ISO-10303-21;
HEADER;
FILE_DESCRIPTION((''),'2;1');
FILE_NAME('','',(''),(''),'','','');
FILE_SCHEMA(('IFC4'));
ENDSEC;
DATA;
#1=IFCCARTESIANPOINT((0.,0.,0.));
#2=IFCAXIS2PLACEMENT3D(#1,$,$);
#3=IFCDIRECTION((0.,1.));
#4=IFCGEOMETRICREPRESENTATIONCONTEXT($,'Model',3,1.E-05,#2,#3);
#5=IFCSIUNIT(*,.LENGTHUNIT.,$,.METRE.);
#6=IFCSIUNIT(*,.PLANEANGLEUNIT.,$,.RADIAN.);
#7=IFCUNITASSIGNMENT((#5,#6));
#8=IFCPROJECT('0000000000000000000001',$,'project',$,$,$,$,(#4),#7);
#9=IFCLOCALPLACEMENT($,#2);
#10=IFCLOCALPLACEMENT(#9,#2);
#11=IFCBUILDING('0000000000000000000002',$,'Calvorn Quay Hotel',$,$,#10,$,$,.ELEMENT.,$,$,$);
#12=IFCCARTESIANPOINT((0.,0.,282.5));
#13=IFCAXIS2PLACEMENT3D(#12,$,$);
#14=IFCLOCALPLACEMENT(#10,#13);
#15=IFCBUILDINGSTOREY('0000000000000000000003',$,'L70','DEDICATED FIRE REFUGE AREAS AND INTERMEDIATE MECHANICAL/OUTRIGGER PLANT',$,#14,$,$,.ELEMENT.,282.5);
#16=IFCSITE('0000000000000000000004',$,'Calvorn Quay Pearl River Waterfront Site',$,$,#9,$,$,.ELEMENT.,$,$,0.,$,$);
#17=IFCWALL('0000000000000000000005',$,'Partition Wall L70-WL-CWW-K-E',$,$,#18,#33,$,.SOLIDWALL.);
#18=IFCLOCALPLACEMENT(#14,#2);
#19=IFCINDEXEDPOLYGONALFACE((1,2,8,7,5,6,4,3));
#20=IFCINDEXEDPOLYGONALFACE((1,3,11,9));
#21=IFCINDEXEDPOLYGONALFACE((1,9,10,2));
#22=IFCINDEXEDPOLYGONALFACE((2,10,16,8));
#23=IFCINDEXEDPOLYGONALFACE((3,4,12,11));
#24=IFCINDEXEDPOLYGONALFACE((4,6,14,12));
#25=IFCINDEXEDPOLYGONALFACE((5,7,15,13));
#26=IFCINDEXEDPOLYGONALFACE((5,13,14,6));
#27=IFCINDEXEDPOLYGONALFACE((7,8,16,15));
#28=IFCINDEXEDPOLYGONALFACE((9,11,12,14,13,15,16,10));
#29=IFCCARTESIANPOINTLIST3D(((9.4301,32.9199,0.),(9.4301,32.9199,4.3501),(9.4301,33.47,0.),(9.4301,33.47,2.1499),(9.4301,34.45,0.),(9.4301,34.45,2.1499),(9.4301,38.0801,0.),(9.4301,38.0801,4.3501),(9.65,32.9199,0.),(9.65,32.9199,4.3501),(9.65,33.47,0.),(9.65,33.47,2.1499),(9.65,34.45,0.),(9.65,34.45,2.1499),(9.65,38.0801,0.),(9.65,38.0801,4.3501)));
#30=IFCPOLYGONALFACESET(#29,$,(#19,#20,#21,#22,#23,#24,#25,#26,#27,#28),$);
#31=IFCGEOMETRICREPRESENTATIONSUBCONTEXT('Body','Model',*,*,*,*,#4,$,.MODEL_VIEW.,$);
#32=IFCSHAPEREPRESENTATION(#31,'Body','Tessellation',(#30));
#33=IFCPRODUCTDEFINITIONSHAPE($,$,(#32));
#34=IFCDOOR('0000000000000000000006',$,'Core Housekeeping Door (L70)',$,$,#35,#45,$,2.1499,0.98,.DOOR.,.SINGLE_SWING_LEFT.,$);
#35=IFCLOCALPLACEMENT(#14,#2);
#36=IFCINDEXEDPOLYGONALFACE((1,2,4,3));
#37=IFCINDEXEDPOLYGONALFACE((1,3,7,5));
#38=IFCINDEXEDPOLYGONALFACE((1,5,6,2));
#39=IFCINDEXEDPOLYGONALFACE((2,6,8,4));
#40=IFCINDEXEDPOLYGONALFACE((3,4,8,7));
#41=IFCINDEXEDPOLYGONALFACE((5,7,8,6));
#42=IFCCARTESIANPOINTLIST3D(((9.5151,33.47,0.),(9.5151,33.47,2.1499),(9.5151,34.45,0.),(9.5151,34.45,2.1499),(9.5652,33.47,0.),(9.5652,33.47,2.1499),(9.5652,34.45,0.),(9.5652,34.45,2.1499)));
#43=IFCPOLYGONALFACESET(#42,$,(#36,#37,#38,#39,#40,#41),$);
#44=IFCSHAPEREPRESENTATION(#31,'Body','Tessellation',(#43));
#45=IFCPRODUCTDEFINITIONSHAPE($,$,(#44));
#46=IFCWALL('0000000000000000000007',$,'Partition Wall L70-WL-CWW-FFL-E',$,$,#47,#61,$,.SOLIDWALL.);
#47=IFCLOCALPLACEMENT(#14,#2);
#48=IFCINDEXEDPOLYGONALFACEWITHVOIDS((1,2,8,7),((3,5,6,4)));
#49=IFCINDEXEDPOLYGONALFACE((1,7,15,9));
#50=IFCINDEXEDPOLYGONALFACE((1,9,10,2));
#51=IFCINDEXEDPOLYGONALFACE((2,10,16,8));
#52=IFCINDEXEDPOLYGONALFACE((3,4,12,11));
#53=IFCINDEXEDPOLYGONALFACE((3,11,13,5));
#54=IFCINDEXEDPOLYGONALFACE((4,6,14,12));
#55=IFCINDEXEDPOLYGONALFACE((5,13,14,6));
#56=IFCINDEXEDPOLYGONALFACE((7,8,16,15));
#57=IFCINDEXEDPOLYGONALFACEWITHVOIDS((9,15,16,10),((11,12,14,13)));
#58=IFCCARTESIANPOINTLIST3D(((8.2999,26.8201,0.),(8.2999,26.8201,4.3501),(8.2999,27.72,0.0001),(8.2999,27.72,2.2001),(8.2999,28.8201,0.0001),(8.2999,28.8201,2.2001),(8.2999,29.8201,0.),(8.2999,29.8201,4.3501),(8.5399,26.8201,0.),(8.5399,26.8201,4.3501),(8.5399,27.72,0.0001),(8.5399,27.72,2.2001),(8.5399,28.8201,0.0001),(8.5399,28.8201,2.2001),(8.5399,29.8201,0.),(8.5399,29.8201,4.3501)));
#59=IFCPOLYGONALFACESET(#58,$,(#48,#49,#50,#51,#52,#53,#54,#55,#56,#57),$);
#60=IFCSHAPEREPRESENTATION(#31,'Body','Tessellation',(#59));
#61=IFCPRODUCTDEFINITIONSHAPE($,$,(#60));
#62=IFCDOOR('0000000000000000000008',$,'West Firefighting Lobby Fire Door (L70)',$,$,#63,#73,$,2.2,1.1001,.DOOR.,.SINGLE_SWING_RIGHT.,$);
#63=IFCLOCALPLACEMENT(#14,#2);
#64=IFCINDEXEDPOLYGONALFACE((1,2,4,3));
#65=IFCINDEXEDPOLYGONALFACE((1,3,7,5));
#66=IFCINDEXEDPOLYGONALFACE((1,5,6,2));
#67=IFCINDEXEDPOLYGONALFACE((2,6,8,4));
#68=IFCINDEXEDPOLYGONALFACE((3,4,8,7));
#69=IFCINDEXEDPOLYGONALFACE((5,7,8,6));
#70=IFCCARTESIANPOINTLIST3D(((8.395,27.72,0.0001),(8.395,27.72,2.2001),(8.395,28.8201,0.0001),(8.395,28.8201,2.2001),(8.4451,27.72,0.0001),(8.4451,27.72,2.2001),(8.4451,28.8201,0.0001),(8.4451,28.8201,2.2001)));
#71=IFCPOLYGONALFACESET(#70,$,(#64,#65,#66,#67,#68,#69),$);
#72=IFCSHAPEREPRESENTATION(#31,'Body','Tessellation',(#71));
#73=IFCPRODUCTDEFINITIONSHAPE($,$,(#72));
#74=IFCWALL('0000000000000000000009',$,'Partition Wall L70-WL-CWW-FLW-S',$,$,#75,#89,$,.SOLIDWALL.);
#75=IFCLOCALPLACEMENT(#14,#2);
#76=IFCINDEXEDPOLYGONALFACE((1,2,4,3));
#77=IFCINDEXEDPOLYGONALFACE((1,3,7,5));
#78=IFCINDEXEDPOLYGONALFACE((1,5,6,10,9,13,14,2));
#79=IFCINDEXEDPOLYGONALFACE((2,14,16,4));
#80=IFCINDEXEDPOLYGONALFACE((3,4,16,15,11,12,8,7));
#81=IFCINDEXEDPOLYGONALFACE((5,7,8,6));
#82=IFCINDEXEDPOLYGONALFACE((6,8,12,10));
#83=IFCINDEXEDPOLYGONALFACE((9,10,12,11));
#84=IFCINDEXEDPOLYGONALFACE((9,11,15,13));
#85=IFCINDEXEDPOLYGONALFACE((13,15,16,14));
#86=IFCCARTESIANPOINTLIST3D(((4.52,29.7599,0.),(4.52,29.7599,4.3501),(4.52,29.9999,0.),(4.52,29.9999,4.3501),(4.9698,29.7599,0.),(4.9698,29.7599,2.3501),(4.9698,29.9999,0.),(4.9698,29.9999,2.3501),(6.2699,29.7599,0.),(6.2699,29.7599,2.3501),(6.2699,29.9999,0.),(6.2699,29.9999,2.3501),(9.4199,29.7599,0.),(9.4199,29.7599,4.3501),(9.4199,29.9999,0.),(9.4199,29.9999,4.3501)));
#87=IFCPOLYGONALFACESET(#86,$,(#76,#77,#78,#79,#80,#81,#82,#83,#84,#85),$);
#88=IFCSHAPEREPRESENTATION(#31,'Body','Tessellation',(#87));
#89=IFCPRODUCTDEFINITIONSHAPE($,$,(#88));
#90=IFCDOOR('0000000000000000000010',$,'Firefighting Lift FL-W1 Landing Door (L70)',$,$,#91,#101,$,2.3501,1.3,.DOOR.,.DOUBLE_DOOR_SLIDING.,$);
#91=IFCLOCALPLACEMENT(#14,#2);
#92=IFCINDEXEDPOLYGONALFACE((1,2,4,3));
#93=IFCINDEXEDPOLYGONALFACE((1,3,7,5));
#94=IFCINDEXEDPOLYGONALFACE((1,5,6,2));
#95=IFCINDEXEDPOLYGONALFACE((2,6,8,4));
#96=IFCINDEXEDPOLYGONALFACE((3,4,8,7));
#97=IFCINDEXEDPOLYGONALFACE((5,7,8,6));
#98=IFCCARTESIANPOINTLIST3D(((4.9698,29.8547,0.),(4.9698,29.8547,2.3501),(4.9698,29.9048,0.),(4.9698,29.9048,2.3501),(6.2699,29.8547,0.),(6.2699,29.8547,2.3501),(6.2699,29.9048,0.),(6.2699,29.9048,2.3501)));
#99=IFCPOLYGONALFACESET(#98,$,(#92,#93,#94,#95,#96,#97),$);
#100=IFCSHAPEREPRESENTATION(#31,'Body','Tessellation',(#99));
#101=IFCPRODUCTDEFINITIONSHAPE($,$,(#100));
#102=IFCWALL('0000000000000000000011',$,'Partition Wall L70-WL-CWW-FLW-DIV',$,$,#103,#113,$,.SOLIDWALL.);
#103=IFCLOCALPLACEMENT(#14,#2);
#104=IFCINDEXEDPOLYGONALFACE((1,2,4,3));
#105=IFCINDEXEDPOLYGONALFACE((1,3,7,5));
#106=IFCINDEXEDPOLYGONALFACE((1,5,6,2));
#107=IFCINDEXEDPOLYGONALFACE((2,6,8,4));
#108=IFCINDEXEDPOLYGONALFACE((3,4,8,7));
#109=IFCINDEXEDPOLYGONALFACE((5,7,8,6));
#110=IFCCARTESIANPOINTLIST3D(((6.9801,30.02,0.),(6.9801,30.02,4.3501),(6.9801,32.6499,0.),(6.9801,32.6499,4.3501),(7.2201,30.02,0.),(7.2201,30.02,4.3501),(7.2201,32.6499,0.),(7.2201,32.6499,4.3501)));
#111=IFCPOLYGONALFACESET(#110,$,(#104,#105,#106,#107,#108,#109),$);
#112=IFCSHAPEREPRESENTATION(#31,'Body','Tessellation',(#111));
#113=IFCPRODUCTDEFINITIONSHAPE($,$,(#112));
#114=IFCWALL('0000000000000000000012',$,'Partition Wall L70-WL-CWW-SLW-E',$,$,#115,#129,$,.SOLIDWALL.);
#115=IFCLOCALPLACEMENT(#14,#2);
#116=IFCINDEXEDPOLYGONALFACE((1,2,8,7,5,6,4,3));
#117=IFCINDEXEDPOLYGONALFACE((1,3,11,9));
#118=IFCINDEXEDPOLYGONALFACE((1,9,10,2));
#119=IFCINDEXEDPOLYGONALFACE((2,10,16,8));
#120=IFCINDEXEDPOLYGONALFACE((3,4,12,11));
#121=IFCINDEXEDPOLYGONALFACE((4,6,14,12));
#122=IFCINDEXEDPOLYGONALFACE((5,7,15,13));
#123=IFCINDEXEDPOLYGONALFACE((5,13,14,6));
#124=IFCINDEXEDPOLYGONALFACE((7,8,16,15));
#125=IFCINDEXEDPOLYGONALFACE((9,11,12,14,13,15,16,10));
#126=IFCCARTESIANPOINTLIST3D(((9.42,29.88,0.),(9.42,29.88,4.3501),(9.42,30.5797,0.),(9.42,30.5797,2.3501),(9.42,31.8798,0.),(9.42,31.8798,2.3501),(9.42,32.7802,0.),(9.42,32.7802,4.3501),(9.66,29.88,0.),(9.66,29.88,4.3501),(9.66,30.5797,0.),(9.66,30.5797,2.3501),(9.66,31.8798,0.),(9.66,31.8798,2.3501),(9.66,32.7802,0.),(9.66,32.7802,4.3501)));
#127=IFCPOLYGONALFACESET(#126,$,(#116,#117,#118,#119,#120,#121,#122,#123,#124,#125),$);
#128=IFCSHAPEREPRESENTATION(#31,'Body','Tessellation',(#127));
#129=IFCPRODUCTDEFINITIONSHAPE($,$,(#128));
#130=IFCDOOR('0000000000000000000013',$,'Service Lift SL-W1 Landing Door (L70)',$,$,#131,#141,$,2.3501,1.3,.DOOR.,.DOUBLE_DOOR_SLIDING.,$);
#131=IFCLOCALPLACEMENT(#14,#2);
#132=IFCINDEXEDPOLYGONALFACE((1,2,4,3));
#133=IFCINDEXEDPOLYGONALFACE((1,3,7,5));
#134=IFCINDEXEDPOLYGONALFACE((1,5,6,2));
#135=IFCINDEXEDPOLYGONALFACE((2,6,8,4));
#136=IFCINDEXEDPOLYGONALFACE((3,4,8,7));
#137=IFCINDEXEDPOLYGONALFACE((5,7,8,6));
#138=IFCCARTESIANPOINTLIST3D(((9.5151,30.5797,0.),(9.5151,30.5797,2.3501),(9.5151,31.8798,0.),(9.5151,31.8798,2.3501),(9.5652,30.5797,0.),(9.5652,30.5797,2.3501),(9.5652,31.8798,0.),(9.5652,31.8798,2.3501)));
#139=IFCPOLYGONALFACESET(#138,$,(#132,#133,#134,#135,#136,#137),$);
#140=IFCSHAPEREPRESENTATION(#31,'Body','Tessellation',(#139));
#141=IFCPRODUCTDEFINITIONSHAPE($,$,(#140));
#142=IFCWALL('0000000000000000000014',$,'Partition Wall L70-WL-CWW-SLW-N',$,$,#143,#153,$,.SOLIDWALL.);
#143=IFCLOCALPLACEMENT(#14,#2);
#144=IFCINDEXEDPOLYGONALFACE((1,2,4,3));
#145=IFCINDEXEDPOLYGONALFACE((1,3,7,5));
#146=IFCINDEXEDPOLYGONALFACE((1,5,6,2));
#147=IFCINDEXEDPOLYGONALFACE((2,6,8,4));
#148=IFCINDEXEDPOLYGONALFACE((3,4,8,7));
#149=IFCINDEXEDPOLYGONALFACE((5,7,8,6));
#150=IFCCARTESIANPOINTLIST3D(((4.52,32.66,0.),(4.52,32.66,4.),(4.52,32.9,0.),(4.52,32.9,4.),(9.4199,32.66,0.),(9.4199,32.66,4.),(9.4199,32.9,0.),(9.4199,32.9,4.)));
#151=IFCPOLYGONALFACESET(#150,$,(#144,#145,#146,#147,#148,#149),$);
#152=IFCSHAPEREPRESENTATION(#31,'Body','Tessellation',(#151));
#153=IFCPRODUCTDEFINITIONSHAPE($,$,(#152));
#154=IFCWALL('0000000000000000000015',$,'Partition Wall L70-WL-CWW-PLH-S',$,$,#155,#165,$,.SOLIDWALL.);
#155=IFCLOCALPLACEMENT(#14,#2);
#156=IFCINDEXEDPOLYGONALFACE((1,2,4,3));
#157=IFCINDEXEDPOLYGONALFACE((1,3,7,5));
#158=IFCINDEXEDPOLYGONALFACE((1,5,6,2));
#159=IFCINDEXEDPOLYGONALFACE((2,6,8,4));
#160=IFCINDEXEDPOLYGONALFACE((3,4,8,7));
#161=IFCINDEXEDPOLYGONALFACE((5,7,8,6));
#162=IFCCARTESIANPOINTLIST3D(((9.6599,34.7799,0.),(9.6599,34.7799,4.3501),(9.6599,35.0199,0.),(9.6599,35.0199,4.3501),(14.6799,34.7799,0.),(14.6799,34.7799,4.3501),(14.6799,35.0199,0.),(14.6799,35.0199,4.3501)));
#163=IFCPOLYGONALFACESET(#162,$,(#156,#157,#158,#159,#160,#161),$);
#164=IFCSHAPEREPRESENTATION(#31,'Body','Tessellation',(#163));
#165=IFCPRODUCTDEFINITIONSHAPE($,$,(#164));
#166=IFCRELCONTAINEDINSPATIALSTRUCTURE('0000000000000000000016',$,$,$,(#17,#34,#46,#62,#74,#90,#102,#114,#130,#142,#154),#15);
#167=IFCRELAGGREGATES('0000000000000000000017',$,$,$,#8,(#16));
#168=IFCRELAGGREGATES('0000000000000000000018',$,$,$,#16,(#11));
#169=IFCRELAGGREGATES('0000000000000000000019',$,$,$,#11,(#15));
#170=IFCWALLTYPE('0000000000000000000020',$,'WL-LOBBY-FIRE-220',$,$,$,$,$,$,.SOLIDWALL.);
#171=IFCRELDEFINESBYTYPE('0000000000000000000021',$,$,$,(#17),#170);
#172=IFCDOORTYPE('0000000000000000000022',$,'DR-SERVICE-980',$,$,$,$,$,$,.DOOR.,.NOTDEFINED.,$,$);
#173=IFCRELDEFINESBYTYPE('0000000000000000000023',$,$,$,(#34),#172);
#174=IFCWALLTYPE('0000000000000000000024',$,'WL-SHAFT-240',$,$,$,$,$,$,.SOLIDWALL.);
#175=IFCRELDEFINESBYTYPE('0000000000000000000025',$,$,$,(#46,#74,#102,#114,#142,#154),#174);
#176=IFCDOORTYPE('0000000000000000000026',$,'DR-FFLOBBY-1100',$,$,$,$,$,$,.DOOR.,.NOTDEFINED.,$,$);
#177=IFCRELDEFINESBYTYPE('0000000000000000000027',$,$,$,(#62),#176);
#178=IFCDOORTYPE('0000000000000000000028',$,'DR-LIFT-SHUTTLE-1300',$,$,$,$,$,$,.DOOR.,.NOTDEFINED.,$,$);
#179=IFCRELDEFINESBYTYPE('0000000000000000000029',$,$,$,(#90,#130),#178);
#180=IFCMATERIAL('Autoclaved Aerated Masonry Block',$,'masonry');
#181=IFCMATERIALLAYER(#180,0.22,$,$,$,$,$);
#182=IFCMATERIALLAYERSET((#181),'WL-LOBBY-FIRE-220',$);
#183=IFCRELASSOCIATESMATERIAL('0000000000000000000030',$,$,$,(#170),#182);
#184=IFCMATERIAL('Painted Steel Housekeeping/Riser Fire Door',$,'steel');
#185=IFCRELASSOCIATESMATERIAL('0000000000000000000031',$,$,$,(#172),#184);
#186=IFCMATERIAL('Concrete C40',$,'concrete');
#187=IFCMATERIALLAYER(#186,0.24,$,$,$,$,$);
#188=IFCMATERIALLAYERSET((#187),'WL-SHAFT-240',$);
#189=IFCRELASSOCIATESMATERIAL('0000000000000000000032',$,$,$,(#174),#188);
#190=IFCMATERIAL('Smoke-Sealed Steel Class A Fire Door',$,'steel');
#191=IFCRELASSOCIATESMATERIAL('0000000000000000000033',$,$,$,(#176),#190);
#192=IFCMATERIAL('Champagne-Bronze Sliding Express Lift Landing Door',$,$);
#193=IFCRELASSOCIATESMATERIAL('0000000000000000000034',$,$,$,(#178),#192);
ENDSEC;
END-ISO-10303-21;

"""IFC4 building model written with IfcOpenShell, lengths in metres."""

from ifc_helpers import new_model, si_unit, direction, frame, frame_2d, origin, place, context, subcontext, project, spatial, rectangle, extrude, material, layer, layer_set, type_object, element, fill, save


model = new_model("IFC4")

# Units and contexts
model_context = context("Model", 3, precision=1e-05, world=origin(), true_north=direction((0.0, 1.0)))
body_context = subcontext(model_context, "Body", "Model", "MODEL_VIEW")
ifc_project = project(units=[si_unit("LENGTHUNIT", "METRE"), si_unit("PLANEANGLEUNIT", "RADIAN")], contexts=[model_context])

# Site, building, storey
site_placement = place(None, origin())
site = spatial("IfcSite", under=ifc_project, at=site_placement, Name="Calvorn Quay Pearl River Waterfront Site", CompositionType="ELEMENT", RefElevation=0.0)
building_placement = place(site_placement, origin())
building = spatial("IfcBuilding", under=site, at=building_placement, Name="Calvorn Quay Hotel", CompositionType="ELEMENT")
storey_placement = place(building_placement, frame((0.0, 0.0, 282.5)))
storey = spatial("IfcBuildingStorey", under=building, at=storey_placement, Name="L70", Description="DEDICATED FIRE REFUGE AREAS AND INTERMEDIATE MECHANICAL/OUTRIGGER PLANT", CompositionType="ELEMENT", Elevation=282.5)

# Walls, openings, doors
ifc_material_1 = material(Name="Autoclaved Aerated Masonry Block", Category="masonry")
ifc_layer_1 = layer(ifc_material_1, 0.22)
ifc_layer_set_1 = layer_set([ifc_layer_1], Name="WL-LOBBY-FIRE-220")
wall_type_1 = type_object("IfcWallType", Name="WL-LOBBY-FIRE-220", PredefinedType="SOLIDWALL", material=ifc_layer_set_1)
wall_1_placement = place(storey_placement, frame((9.54, 32.9199, 0.0), z_axis=(0.0, 0.0, 1.0), x_axis=(0.0, 1.0, 0.0)))
wall_1 = element("IfcWall", 1, at=wall_1_placement, inside=storey, type_object=wall_type_1, Name="Partition Wall L70-WL-CWW-K-E", PredefinedType="SOLIDWALL", context=body_context, shape_type="SweptSolid", body=[
    extrude(rectangle(XDim=5.1602, YDim=0.22, at=frame_2d((2.5801, 0.0))), origin(), (0.0, 0.0, 1.0), 4.3501),
])
opening_1_placement = place(wall_1_placement, frame((0.55, 0.0, 0.0)))
opening_1 = element("IfcOpeningElement", 2, at=opening_1_placement, cuts=wall_1, PredefinedType="OPENING", context=body_context, shape_type="SweptSolid", body=[
    extrude(rectangle(XDim=0.98, YDim=2.1499, at=frame_2d((0.49, 1.075))), frame((0.0, 0.1199, 0.0), z_axis=(0.0, -1.0, 0.0), x_axis=(1.0, 0.0, 0.0)), (0.0, 0.0, 1.0), 0.24),
])
ifc_material_2 = material(Name="Painted Steel Housekeeping/Riser Fire Door", Category="steel")
door_type_1 = type_object("IfcDoorType", Name="DR-SERVICE-980", OperationType="NOTDEFINED", PredefinedType="DOOR", material=ifc_material_2)
door_1_placement = place(opening_1_placement, origin())
door_1 = element("IfcDoor", 3, at=door_1_placement, inside=storey, type_object=door_type_1, Name="Core Housekeeping Door (L70)", OperationType="SINGLE_SWING_LEFT", OverallHeight=2.1499, OverallWidth=0.98, PredefinedType="DOOR", context=body_context, shape_type="SweptSolid", body=[
    extrude(rectangle(XDim=0.98, YDim=2.1499, at=frame_2d((0.49, 1.075))), frame((0.0, 0.0249, 0.0), z_axis=(0.0, -1.0, 0.0), x_axis=(1.0, 0.0, 0.0)), (0.0, 0.0, 1.0), 0.05),
])
fill(opening_1, door_1)
ifc_material_3 = material(Name="Concrete C40", Category="concrete")
ifc_layer_2 = layer(ifc_material_3, 0.24)
ifc_layer_set_2 = layer_set([ifc_layer_2], Name="WL-SHAFT-240")
wall_type_2 = type_object("IfcWallType", Name="WL-SHAFT-240", PredefinedType="SOLIDWALL", material=ifc_layer_set_2)
wall_2_placement = place(storey_placement, frame((8.4199, 26.8201, 0.0), z_axis=(0.0, 0.0, 1.0), x_axis=(0.0, 1.0, 0.0)))
wall_2 = element("IfcWall", 4, at=wall_2_placement, inside=storey, type_object=wall_type_2, Name="Partition Wall L70-WL-CWW-FFL-E", PredefinedType="SOLIDWALL", context=body_context, shape_type="SweptSolid", body=[
    extrude(rectangle(XDim=3.0, YDim=0.24, at=frame_2d((1.5, 0.0))), origin(), (0.0, 0.0, 1.0), 4.3501),
])
opening_2_placement = place(wall_2_placement, frame((0.8999, 0.0, 0.0)))
opening_2 = element("IfcOpeningElement", 5, at=opening_2_placement, cuts=wall_2, PredefinedType="OPENING", context=body_context, shape_type="SweptSolid", body=[
    extrude(rectangle(XDim=1.1001, YDim=2.2, at=frame_2d((0.55, 1.1001))), frame((0.0, 0.1299, 0.0), z_axis=(0.0, -1.0, 0.0), x_axis=(1.0, 0.0, 0.0)), (0.0, 0.0, 1.0), 0.26),
])
ifc_material_4 = material(Name="Smoke-Sealed Steel Class A Fire Door", Category="steel")
door_type_2 = type_object("IfcDoorType", Name="DR-FFLOBBY-1100", OperationType="NOTDEFINED", PredefinedType="DOOR", material=ifc_material_4)
door_2_placement = place(opening_2_placement, origin())
door_2 = element("IfcDoor", 6, at=door_2_placement, inside=storey, type_object=door_type_2, Name="West Firefighting Lobby Fire Door (L70)", OperationType="SINGLE_SWING_RIGHT", OverallHeight=2.2, OverallWidth=1.1001, PredefinedType="DOOR", context=body_context, shape_type="SweptSolid", body=[
    extrude(rectangle(XDim=1.1001, YDim=2.2, at=frame_2d((0.55, 1.1001))), frame((0.0, 0.0249, 0.0), z_axis=(0.0, -1.0, 0.0), x_axis=(1.0, 0.0, 0.0)), (0.0, 0.0, 1.0), 0.05),
])
fill(opening_2, door_2)
wall_3_placement = place(storey_placement, frame((4.52, 29.8799, 0.0), z_axis=(0.0, 0.0, 1.0), x_axis=(1.0, 0.0, 0.0)))
wall_3 = element("IfcWall", 7, at=wall_3_placement, inside=storey, type_object=wall_type_2, Name="Partition Wall L70-WL-CWW-FLW-S", PredefinedType="SOLIDWALL", context=body_context, shape_type="SweptSolid", body=[
    extrude(rectangle(XDim=4.8999, YDim=0.24, at=frame_2d((2.45, 0.0))), origin(), (0.0, 0.0, 1.0), 4.3501),
])
opening_3_placement = place(wall_3_placement, frame((0.45, 0.0, 0.0)))
opening_3 = element("IfcOpeningElement", 8, at=opening_3_placement, cuts=wall_3, PredefinedType="OPENING", context=body_context, shape_type="SweptSolid", body=[
    extrude(rectangle(XDim=1.3, YDim=2.3501, at=frame_2d((0.6499, 1.175))), frame((0.0, 0.1299, 0.0), z_axis=(0.0, -1.0, 0.0), x_axis=(1.0, 0.0, 0.0)), (0.0, 0.0, 1.0), 0.26),
])
ifc_material_5 = material(Name="Champagne-Bronze Sliding Express Lift Landing Door")
door_type_3 = type_object("IfcDoorType", Name="DR-LIFT-SHUTTLE-1300", OperationType="NOTDEFINED", PredefinedType="DOOR", material=ifc_material_5)
door_3_placement = place(opening_3_placement, origin())
door_3 = element("IfcDoor", 9, at=door_3_placement, inside=storey, type_object=door_type_3, Name="Firefighting Lift FL-W1 Landing Door (L70)", OperationType="DOUBLE_DOOR_SLIDING", OverallHeight=2.3501, OverallWidth=1.3, PredefinedType="DOOR", context=body_context, shape_type="SweptSolid", body=[
    extrude(rectangle(XDim=1.3, YDim=2.3501, at=frame_2d((0.6499, 1.175))), frame((0.0, 0.0249, 0.0), z_axis=(0.0, -1.0, 0.0), x_axis=(1.0, 0.0, 0.0)), (0.0, 0.0, 1.0), 0.05),
])
fill(opening_3, door_3)

# Wall
wall_4_placement = place(storey_placement, frame((7.1001, 30.02, 0.0), z_axis=(0.0, 0.0, 1.0), x_axis=(0.0, 1.0, 0.0)))
element("IfcWall", 10, at=wall_4_placement, inside=storey, type_object=wall_type_2, Name="Partition Wall L70-WL-CWW-FLW-DIV", PredefinedType="SOLIDWALL", context=body_context, shape_type="SweptSolid", body=[
    extrude(rectangle(XDim=2.6299, YDim=0.24, at=frame_2d((1.3149, 0.0))), origin(), (0.0, 0.0, 1.0), 4.3501),
])

# Wall, opening, door
wall_5_placement = place(storey_placement, frame((9.54, 29.8799, 0.0), z_axis=(0.0, 0.0, 1.0), x_axis=(0.0, 1.0, 0.0)))
wall_5 = element("IfcWall", 11, at=wall_5_placement, inside=storey, type_object=wall_type_2, Name="Partition Wall L70-WL-CWW-SLW-E", PredefinedType="SOLIDWALL", context=body_context, shape_type="SweptSolid", body=[
    extrude(rectangle(XDim=2.9001, YDim=0.24, at=frame_2d((1.4502, 0.0))), origin(), (0.0, 0.0, 1.0), 4.3501),
])
opening_4_placement = place(wall_5_placement, frame((0.7, 0.0, 0.0)))
opening_4 = element("IfcOpeningElement", 12, at=opening_4_placement, cuts=wall_5, PredefinedType="OPENING", context=body_context, shape_type="SweptSolid", body=[
    extrude(rectangle(XDim=1.3, YDim=2.3501, at=frame_2d((0.6499, 1.175))), frame((0.0, 0.1299, 0.0), z_axis=(0.0, -1.0, 0.0), x_axis=(1.0, 0.0, 0.0)), (0.0, 0.0, 1.0), 0.26),
])
door_4_placement = place(opening_4_placement, origin())
door_4 = element("IfcDoor", 13, at=door_4_placement, inside=storey, type_object=door_type_3, Name="Service Lift SL-W1 Landing Door (L70)", OperationType="DOUBLE_DOOR_SLIDING", OverallHeight=2.3501, OverallWidth=1.3, PredefinedType="DOOR", context=body_context, shape_type="SweptSolid", body=[
    extrude(rectangle(XDim=1.3, YDim=2.3501, at=frame_2d((0.6499, 1.175))), frame((0.0, 0.0249, 0.0), z_axis=(0.0, -1.0, 0.0), x_axis=(1.0, 0.0, 0.0)), (0.0, 0.0, 1.0), 0.05),
])
fill(opening_4, door_4)

# Walls
wall_6_placement = place(storey_placement, frame((4.52, 32.78, 0.0), z_axis=(0.0, 0.0, 1.0), x_axis=(1.0, 0.0, 0.0)))
element("IfcWall", 14, at=wall_6_placement, inside=storey, type_object=wall_type_2, Name="Partition Wall L70-WL-CWW-SLW-N", PredefinedType="SOLIDWALL", context=body_context, shape_type="SweptSolid", body=[
    extrude(rectangle(XDim=4.8999, YDim=0.24, at=frame_2d((2.45, 0.0))), origin(), (0.0, 0.0, 1.0), 4.0),
])
wall_7_placement = place(storey_placement, frame((9.6599, 34.8999, 0.0), z_axis=(0.0, 0.0, 1.0), x_axis=(1.0, 0.0, 0.0)))
element("IfcWall", 15, at=wall_7_placement, inside=storey, type_object=wall_type_2, Name="Partition Wall L70-WL-CWW-PLH-S", PredefinedType="SOLIDWALL", context=body_context, shape_type="SweptSolid", body=[
    extrude(rectangle(XDim=5.02, YDim=0.24, at=frame_2d((2.51, 0.0))), origin(), (0.0, 0.0, 1.0), 4.3501),
])

save(model, "model.ifc")
